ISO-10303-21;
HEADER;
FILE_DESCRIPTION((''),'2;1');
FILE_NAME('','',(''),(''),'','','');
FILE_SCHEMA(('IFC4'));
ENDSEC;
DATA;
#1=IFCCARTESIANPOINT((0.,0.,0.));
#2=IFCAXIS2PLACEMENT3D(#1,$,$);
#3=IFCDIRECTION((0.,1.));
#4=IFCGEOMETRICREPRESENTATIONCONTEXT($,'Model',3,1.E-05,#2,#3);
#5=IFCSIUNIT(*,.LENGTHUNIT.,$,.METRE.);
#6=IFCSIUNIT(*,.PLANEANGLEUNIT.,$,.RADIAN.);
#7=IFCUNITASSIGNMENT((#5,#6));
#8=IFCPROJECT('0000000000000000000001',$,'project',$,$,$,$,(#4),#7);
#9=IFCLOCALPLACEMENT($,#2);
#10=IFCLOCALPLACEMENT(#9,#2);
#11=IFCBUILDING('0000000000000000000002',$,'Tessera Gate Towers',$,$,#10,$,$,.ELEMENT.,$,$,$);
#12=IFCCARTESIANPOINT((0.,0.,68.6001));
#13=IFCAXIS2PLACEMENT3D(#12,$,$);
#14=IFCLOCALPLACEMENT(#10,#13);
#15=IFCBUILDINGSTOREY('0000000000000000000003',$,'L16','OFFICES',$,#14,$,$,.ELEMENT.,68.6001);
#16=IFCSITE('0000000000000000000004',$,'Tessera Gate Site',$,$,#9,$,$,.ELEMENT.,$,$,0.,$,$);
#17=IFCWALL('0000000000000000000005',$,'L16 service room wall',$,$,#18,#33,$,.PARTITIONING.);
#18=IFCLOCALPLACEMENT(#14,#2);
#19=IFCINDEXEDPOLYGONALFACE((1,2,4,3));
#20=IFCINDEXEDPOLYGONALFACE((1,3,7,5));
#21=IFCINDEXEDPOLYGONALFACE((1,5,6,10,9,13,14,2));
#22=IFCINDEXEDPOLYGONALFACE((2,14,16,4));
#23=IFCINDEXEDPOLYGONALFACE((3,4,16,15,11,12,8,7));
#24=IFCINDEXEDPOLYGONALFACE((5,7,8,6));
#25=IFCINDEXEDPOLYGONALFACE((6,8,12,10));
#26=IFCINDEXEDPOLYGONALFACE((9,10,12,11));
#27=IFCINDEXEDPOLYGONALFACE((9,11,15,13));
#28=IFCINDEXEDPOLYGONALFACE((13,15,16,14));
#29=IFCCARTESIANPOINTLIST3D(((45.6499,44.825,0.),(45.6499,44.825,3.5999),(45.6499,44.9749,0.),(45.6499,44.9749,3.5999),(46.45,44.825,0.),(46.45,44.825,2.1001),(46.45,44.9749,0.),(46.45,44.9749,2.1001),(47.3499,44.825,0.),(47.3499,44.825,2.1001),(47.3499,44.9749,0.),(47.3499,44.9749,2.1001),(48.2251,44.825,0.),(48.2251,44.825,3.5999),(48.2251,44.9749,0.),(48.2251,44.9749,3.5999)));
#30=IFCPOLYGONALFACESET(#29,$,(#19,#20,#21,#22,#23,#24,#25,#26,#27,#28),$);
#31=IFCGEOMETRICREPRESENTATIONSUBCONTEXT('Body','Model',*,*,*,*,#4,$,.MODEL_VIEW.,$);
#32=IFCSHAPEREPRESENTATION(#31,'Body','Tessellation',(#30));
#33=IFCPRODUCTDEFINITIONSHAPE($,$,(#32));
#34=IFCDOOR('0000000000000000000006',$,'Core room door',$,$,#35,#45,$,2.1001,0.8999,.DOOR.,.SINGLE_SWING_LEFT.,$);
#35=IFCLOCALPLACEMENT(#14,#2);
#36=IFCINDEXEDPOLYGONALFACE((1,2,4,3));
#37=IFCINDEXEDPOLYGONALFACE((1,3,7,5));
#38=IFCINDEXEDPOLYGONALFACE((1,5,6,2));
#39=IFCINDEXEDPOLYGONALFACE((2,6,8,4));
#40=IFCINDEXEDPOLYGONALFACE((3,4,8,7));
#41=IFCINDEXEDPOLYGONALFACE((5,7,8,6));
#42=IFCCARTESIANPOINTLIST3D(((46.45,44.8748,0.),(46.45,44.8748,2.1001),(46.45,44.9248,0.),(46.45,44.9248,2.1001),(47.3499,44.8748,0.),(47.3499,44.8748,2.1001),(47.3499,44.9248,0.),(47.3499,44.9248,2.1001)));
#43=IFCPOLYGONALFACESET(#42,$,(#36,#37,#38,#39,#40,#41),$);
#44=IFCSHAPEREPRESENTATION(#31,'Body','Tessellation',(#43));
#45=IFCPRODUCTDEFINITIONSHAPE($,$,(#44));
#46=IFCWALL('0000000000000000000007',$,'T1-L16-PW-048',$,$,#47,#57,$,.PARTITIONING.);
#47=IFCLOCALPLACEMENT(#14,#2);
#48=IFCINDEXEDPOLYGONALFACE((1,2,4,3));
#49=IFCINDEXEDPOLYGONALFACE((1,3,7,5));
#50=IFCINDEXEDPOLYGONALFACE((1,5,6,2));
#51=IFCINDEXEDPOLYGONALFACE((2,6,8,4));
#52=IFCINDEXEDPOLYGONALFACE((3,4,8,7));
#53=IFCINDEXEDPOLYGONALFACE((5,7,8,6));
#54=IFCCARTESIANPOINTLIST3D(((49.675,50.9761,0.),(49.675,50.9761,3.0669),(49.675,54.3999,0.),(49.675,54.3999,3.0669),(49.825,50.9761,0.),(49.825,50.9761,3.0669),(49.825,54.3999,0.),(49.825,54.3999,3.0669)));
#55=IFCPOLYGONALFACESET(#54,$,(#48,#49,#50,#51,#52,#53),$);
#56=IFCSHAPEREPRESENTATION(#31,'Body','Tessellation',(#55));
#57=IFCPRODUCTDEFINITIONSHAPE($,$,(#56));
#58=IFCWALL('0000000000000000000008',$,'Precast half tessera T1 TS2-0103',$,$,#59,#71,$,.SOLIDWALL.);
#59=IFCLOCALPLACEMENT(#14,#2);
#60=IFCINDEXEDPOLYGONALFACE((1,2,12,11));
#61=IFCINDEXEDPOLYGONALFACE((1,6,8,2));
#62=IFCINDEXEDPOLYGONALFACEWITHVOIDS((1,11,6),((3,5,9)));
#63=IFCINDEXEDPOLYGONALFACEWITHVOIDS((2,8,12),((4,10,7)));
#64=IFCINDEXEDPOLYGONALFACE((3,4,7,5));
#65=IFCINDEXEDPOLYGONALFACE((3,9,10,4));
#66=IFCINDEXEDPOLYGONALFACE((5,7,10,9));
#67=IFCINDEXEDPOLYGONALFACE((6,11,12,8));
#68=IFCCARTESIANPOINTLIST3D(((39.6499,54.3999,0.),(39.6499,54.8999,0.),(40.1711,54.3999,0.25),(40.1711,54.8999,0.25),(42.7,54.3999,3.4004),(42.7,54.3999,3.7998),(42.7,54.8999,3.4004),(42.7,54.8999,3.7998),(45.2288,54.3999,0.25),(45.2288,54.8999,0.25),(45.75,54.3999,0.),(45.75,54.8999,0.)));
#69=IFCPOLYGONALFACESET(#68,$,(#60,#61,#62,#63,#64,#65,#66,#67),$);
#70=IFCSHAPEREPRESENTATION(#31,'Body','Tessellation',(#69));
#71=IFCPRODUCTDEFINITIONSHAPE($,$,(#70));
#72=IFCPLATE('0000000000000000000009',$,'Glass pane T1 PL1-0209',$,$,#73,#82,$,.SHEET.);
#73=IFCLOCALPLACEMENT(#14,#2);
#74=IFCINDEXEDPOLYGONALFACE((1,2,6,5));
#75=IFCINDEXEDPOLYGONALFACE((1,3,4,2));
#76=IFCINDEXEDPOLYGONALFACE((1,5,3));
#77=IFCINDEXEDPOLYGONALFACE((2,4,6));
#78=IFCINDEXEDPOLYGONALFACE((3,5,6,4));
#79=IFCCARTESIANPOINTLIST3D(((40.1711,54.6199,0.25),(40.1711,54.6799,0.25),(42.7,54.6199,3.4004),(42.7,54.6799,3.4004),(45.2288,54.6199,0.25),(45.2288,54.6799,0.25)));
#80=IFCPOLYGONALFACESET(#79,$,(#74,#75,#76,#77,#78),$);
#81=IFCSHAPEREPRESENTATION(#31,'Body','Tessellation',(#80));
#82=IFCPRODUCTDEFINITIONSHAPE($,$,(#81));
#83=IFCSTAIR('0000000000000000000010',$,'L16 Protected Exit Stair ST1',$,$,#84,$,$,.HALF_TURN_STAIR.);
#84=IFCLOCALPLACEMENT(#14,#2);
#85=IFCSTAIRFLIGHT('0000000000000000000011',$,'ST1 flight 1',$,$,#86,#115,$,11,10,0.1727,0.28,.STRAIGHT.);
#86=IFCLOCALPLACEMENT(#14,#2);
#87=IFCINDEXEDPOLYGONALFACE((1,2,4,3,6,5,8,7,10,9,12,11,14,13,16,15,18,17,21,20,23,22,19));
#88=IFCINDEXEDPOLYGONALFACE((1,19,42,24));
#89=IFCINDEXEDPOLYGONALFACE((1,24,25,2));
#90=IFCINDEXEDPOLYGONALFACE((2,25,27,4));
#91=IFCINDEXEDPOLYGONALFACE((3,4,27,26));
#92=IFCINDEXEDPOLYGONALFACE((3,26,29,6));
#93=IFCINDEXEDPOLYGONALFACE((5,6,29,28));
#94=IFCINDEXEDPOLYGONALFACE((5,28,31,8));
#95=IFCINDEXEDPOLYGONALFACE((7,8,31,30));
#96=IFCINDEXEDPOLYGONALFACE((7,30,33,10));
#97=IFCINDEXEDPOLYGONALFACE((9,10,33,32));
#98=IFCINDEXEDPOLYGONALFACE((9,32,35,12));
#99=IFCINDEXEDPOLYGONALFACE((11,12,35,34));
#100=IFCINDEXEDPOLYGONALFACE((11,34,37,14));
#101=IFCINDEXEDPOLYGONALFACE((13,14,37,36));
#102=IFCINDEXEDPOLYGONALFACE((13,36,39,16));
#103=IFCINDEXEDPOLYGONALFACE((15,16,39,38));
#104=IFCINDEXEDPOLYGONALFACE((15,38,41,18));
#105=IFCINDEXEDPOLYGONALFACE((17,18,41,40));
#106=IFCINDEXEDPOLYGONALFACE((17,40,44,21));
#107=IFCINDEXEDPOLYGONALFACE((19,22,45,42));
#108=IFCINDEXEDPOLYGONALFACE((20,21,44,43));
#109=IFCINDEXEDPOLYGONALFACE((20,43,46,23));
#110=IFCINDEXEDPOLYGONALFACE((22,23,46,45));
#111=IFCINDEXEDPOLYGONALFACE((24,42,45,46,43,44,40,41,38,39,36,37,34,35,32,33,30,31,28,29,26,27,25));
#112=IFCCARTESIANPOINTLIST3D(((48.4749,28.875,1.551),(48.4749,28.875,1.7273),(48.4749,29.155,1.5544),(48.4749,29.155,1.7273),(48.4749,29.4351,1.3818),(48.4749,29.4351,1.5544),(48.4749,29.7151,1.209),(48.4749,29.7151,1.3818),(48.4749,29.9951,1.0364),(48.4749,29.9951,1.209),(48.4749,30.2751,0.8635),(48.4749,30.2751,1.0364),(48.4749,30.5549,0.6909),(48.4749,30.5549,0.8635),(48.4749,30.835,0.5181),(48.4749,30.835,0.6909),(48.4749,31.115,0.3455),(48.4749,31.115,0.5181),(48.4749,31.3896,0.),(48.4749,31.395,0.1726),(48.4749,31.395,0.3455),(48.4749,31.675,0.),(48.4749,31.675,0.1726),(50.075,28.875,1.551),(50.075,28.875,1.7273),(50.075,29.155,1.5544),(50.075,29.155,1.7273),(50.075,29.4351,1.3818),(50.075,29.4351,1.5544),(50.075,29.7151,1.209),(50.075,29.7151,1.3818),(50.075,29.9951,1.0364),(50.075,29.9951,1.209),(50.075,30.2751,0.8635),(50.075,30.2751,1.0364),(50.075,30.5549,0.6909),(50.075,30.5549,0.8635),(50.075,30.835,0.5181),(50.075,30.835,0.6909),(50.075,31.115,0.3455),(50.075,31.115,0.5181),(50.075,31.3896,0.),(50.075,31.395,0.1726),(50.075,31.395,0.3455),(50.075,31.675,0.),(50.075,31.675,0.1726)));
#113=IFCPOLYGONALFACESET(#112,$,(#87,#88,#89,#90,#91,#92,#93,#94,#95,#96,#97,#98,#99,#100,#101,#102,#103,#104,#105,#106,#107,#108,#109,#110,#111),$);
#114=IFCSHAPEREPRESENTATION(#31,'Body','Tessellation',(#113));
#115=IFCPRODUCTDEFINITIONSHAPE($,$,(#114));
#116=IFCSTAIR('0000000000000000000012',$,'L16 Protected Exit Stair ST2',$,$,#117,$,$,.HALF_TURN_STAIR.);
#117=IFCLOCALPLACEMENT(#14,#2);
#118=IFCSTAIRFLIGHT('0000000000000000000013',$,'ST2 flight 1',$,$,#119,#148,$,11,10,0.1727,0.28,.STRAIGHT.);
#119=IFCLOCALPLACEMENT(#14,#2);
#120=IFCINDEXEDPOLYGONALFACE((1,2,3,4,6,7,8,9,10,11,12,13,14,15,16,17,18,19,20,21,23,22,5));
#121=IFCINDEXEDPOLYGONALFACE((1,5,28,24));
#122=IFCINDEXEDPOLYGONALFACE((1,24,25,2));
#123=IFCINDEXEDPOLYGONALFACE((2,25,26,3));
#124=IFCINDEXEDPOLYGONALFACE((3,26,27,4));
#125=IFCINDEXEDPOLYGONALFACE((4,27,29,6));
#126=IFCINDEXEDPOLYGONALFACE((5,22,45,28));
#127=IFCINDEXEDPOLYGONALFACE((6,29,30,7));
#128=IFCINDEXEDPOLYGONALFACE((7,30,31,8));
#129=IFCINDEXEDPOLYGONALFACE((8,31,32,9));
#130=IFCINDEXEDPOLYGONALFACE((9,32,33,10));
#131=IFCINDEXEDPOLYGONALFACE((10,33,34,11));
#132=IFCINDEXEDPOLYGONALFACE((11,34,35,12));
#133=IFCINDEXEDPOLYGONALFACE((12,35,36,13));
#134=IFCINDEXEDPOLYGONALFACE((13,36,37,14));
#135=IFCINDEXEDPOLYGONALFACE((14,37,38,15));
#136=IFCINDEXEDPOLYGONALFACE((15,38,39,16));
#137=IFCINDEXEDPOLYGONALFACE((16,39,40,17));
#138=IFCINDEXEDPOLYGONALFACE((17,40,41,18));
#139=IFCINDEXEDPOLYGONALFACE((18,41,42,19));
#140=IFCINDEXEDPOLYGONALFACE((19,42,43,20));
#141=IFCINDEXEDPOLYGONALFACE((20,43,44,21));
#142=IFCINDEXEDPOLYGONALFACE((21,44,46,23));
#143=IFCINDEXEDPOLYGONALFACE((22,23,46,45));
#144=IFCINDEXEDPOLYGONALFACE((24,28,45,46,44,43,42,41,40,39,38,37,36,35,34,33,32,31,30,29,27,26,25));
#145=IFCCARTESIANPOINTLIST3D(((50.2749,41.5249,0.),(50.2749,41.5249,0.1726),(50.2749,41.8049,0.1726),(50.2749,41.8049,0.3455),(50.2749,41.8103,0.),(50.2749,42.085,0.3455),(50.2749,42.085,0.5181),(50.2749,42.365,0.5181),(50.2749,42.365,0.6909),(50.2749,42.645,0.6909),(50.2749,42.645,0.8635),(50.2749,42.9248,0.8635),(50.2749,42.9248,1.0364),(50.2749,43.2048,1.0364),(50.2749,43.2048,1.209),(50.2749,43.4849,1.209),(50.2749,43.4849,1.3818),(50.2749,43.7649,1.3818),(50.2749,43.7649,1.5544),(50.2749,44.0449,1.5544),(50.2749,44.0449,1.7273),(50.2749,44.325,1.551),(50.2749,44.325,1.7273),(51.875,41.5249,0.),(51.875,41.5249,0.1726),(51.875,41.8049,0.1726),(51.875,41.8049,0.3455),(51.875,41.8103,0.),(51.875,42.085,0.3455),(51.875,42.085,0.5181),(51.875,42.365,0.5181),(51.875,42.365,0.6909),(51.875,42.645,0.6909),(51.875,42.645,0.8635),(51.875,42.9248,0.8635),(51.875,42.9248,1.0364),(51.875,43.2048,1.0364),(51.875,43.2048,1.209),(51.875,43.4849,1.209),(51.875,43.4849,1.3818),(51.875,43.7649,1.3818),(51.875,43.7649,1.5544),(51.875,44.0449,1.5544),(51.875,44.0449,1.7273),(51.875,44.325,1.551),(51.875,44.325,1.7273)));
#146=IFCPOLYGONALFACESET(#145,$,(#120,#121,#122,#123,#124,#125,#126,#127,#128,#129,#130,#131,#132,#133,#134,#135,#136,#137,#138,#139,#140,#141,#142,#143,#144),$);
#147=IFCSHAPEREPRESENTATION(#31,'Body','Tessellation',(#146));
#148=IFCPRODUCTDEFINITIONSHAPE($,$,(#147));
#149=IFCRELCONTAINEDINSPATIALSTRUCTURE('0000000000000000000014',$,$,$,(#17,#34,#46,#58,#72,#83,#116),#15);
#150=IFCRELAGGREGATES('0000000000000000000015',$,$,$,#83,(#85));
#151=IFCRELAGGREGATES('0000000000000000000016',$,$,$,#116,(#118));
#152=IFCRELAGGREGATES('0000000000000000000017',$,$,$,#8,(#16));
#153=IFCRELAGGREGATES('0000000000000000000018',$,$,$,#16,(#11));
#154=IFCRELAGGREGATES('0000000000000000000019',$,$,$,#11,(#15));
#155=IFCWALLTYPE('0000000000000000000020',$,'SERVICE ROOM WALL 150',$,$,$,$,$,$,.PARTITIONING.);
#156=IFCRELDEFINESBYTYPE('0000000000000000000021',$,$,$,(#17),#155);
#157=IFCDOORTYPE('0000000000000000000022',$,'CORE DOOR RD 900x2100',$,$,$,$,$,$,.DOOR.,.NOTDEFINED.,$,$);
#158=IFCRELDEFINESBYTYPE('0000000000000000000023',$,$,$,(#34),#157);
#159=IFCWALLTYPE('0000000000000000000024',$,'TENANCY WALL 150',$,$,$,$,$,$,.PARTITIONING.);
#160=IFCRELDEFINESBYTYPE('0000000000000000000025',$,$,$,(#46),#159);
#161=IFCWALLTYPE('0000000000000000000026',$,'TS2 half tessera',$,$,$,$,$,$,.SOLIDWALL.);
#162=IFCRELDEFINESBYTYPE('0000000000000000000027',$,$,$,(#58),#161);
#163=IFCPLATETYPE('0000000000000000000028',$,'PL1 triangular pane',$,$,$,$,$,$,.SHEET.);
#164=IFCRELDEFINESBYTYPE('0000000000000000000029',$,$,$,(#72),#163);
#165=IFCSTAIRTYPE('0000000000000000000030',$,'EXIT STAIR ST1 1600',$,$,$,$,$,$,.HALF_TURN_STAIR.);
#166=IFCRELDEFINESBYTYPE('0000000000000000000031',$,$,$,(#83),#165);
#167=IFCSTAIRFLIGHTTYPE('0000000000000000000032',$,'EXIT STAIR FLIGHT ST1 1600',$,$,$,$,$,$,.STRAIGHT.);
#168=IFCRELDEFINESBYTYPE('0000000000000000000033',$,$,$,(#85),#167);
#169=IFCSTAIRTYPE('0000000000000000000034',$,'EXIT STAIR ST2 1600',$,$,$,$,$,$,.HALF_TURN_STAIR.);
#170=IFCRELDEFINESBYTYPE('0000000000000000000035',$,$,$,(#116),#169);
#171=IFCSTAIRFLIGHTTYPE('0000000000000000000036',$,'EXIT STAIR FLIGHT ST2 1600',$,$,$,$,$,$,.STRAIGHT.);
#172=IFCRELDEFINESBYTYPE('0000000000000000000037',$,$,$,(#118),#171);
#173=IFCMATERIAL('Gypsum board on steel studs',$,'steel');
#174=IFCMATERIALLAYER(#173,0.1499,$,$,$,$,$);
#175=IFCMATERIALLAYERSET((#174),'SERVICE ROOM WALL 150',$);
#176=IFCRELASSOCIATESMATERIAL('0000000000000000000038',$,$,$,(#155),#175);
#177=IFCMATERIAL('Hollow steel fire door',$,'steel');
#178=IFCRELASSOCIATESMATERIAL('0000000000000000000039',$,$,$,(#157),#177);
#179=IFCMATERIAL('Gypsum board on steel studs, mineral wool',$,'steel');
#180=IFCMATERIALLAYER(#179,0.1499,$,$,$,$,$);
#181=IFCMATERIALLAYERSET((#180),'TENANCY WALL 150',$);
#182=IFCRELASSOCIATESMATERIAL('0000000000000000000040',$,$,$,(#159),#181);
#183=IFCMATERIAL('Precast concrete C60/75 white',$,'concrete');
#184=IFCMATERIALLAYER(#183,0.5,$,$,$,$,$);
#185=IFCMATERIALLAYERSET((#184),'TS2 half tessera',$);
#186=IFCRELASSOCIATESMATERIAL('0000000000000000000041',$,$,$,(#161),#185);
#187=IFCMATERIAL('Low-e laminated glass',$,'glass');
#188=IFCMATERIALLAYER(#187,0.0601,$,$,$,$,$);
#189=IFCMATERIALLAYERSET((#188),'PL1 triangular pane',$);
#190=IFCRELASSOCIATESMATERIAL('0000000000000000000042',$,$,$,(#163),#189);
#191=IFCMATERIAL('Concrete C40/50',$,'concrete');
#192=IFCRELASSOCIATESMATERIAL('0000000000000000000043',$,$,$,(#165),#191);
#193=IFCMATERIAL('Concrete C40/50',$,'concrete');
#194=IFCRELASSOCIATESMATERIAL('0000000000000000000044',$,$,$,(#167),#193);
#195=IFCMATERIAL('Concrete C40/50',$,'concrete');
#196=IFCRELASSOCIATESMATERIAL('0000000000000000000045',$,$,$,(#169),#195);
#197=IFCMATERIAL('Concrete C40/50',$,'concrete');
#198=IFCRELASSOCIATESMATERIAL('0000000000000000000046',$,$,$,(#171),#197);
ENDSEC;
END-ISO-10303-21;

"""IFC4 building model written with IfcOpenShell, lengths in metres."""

from ifc_helpers import new_model, si_unit, direction, frame, frame_2d, origin, place, context, subcontext, project, spatial, polyline, rectangle, outline, extrude, source, transform, mapped, material, layer, layer_set, type_object, element, fill, aggregate, save


model = new_model("IFC4")

# Units and contexts
model_context = context("Model", 3, precision=1e-05, world=origin(), true_north=direction((0.0, 1.0)))
body_context = subcontext(model_context, "Body", "Model", "MODEL_VIEW")
ifc_project = project(units=[si_unit("LENGTHUNIT", "METRE"), si_unit("PLANEANGLEUNIT", "RADIAN")], contexts=[model_context])

# Site, building, storey
site_placement = place(None, origin())
site = spatial("IfcSite", under=ifc_project, at=site_placement, Name="Tessera Gate Site", CompositionType="ELEMENT", RefElevation=0.0)
building_placement = place(site_placement, origin())
building = spatial("IfcBuilding", under=site, at=building_placement, Name="Tessera Gate Towers", CompositionType="ELEMENT")
storey_placement = place(building_placement, frame((0.0, 0.0, 68.6001)))
storey = spatial("IfcBuildingStorey", under=building, at=storey_placement, Name="L16", Description="OFFICES", CompositionType="ELEMENT", Elevation=68.6001)

# Wall, opening, door
ifc_material_1 = material(Name="Gypsum board on steel studs", Category="steel")
ifc_layer_1 = layer(ifc_material_1, 0.1499)
ifc_layer_set_1 = layer_set([ifc_layer_1], Name="SERVICE ROOM WALL 150")
wall_type_1 = type_object("IfcWallType", Name="SERVICE ROOM WALL 150", PredefinedType="PARTITIONING", material=ifc_layer_set_1)
wall_1_placement = place(storey_placement, frame((45.6499, 44.8999, 0.0), z_axis=(0.0, 0.0, 1.0), x_axis=(1.0, 0.0, 0.0)))
wall_1 = element("IfcWall", 1, at=wall_1_placement, inside=storey, type_object=wall_type_1, Name="L16 service room wall", PredefinedType="PARTITIONING", context=body_context, shape_type="SweptSolid", body=[
    extrude(rectangle(XDim=2.5752, YDim=0.1499, at=frame_2d((1.2876, 0.0))), origin(), (0.0, 0.0, 1.0), 3.5999),
])
shared_shape_1 = source(origin(), body_context, "Body", "SweptSolid", [
    extrude(rectangle(XDim=0.8999, YDim=2.1001, at=frame_2d((0.45, 1.05))), frame((0.0, 0.085, 0.0), z_axis=(0.0, -1.0, 0.0), x_axis=(1.0, 0.0, 0.0)), (0.0, 0.0, 1.0), 0.1699),
])
opening_1_placement = place(wall_1_placement, frame((0.8, 0.0, 0.0)))
opening_1 = element("IfcOpeningElement", 2, at=opening_1_placement, cuts=wall_1, PredefinedType="OPENING", context=body_context, shape_type="MappedRepresentation", body=[
    mapped(shared_shape_1, transform((0.0, 0.0, 0.0), scale=1.0)),
])
ifc_material_2 = material(Name="Hollow steel fire door", Category="steel")
door_type_1 = type_object("IfcDoorType", Name="CORE DOOR RD 900x2100", OperationType="NOTDEFINED", PredefinedType="DOOR", material=ifc_material_2)
shared_shape_2 = source(origin(), body_context, "Body", "SweptSolid", [
    extrude(rectangle(XDim=0.8999, YDim=2.1001, at=frame_2d((0.45, 1.05))), frame((0.0, 0.0249, 0.0), z_axis=(0.0, -1.0, 0.0), x_axis=(1.0, 0.0, 0.0)), (0.0, 0.0, 1.0), 0.05),
])
door_1_placement = place(opening_1_placement, origin())
door_1 = element("IfcDoor", 3, at=door_1_placement, inside=storey, type_object=door_type_1, Name="Core room door", OperationType="SINGLE_SWING_LEFT", OverallHeight=2.1001, OverallWidth=0.8999, PredefinedType="DOOR", context=body_context, shape_type="MappedRepresentation", body=[
    mapped(shared_shape_2, transform((0.0, 0.0, 0.0), scale=1.0)),
])
fill(opening_1, door_1)

# Wall
ifc_material_3 = material(Name="Gypsum board on steel studs, mineral wool", Category="steel")
ifc_layer_2 = layer(ifc_material_3, 0.1499)
ifc_layer_set_2 = layer_set([ifc_layer_2], Name="TENANCY WALL 150")
wall_type_2 = type_object("IfcWallType", Name="TENANCY WALL 150", PredefinedType="PARTITIONING", material=ifc_layer_set_2)
wall_2_placement = place(storey_placement, frame((49.75, 50.9761, 0.0), z_axis=(0.0, 0.0, 1.0), x_axis=(0.0, 1.0, 0.0)))
element("IfcWall", 4, at=wall_2_placement, inside=storey, type_object=wall_type_2, Name="T1-L16-PW-048", PredefinedType="PARTITIONING", context=body_context, shape_type="SweptSolid", body=[
    extrude(rectangle(XDim=3.4238, YDim=0.1499, at=frame_2d((1.7119, 0.0))), origin(), (0.0, 0.0, 1.0), 3.0669),
])

# Wall, opening, plate
ifc_material_4 = material(Name="Precast concrete C60/75 white", Category="concrete")
ifc_layer_3 = layer(ifc_material_4, 0.5)
ifc_layer_set_3 = layer_set([ifc_layer_3], Name="TS2 half tessera")
wall_type_3 = type_object("IfcWallType", Name="TS2 half tessera", PredefinedType="SOLIDWALL", material=ifc_layer_set_3)
shared_shape_3 = source(origin(), body_context, "Body", "SweptSolid", [
    extrude(outline(polyline([(6.1001, 0.0), (3.05, 3.7998), (0.0, 0.0), (6.1001, 0.0)])), frame((0.0, 0.25, 0.0), z_axis=(0.0, -1.0, 0.0), x_axis=(1.0, 0.0, 0.0)), (0.0, 0.0, 1.0), 0.5),
])
wall_3_placement = place(storey_placement, frame((45.75, 54.6499, 0.0), z_axis=(0.0, 0.0, 1.0), x_axis=(-1.0, 0.0, 0.0)))
wall_3 = element("IfcWall", 5, at=wall_3_placement, inside=storey, type_object=wall_type_3, Name="Precast half tessera T1 TS2-0103", PredefinedType="SOLIDWALL", context=body_context, shape_type="MappedRepresentation", body=[
    mapped(shared_shape_3, transform((0.0, 0.0, 0.0), scale=1.0)),
])
shared_shape_4 = source(origin(), body_context, "Body", "SweptSolid", [
    extrude(outline(polyline([(5.5789, 0.25), (3.05, 3.4004), (0.5212, 0.25), (5.5789, 0.25)])), frame((0.0, 0.26, 0.0), z_axis=(0.0, -1.0, 0.0), x_axis=(1.0, 0.0, 0.0)), (0.0, 0.0, 1.0), 0.52),
])
opening_2_placement = place(wall_3_placement, origin())
opening_2 = element("IfcOpeningElement", 6, at=opening_2_placement, cuts=wall_3, PredefinedType="OPENING", context=body_context, shape_type="MappedRepresentation", body=[
    mapped(shared_shape_4, transform((0.0, 0.0, 0.0), scale=1.0)),
])
ifc_material_5 = material(Name="Low-e laminated glass", Category="glass")
ifc_layer_4 = layer(ifc_material_5, 0.0601)
ifc_layer_set_4 = layer_set([ifc_layer_4], Name="PL1 triangular pane")
plate_type = type_object("IfcPlateType", Name="PL1 triangular pane", PredefinedType="SHEET", material=ifc_layer_set_4)
shared_shape_5 = source(origin(), body_context, "Body", "SweptSolid", [
    extrude(outline(polyline([(5.5789, 0.25), (3.05, 3.4004), (0.5212, 0.25), (5.5789, 0.25)])), frame((0.0, 0.03, 0.0), z_axis=(0.0, -1.0, 0.0), x_axis=(1.0, 0.0, 0.0)), (0.0, 0.0, 1.0), 0.0601),
])
plate_placement = place(opening_2_placement, origin())
plate = element("IfcPlate", 7, at=plate_placement, inside=storey, type_object=plate_type, Name="Glass pane T1 PL1-0209", PredefinedType="SHEET", context=body_context, shape_type="MappedRepresentation", body=[
    mapped(shared_shape_5, transform((0.0, 0.0, 0.0), scale=1.0)),
])
fill(opening_2, plate)

# Stair, stair flight
ifc_material_6 = material(Name="Concrete C40/50", Category="concrete")
stair_type_1 = type_object("IfcStairType", Name="EXIT STAIR ST1 1600", PredefinedType="HALF_TURN_STAIR", material=ifc_material_6)
stair_1_placement = place(storey_placement, origin())
stair_1 = element("IfcStair", 8, at=stair_1_placement, inside=storey, type_object=stair_type_1, Name="L16 Protected Exit Stair ST1", PredefinedType="HALF_TURN_STAIR")
ifc_material_7 = material(Name="Concrete C40/50", Category="concrete")
stair_flight_type_1 = type_object("IfcStairFlightType", Name="EXIT STAIR FLIGHT ST1 1600", PredefinedType="STRAIGHT", material=ifc_material_7)
stair_flight_1_placement = place(storey_placement, frame((49.2749, 31.675, 0.0), z_axis=(0.0, 0.0, 1.0), x_axis=(0.0, -1.0, 0.0)))
stair_flight_1 = element("IfcStairFlight", 9, at=stair_flight_1_placement, type_object=stair_flight_type_1, Name="ST1 flight 1", NumberOfRisers=11, NumberOfTreads=10, PredefinedType="STRAIGHT", RiserHeight=0.1727, TreadLength=0.28, context=body_context, shape_type="SweptSolid", body=[
    extrude(outline(polyline([(0.0, 0.0), (0.0, 0.1726), (0.28, 0.1726), (0.28, 0.3455), (0.5601, 0.3455), (0.5601, 0.5181), (0.8401, 0.5181), (0.8401, 0.6909), (1.1201, 0.6909), (1.1201, 0.8635), (1.3999, 0.8635), (1.3999, 1.0364), (1.6799, 1.0364), (1.6799, 1.209), (1.96, 1.209), (1.96, 1.3818), (2.24, 1.3818), (2.24, 1.5544), (2.52, 1.5544), (2.52, 1.7273), (2.8, 1.7273), (2.8, 1.8999), (2.8, 1.551), (0.2854, 0.0), (0.0, 0.0)])), frame((0.0, 0.8, 0.0), z_axis=(0.0, -1.0, 0.0), x_axis=(1.0, 0.0, 0.0)), (0.0, 0.0, 1.0), 1.6001),
])
aggregate(stair_1, [stair_flight_1])

# Stair, stair flight
ifc_material_8 = material(Name="Concrete C40/50", Category="concrete")
stair_type_2 = type_object("IfcStairType", Name="EXIT STAIR ST2 1600", PredefinedType="HALF_TURN_STAIR", material=ifc_material_8)
stair_2_placement = place(storey_placement, origin())
stair_2 = element("IfcStair", 10, at=stair_2_placement, inside=storey, type_object=stair_type_2, Name="L16 Protected Exit Stair ST2", PredefinedType="HALF_TURN_STAIR")
ifc_material_9 = material(Name="Concrete C40/50", Category="concrete")
stair_flight_type_2 = type_object("IfcStairFlightType", Name="EXIT STAIR FLIGHT ST2 1600", PredefinedType="STRAIGHT", material=ifc_material_9)
stair_flight_2_placement = place(storey_placement, frame((51.075, 41.5249, 0.0), z_axis=(0.0, 0.0, 1.0), x_axis=(0.0, 1.0, 0.0)))
stair_flight_2 = element("IfcStairFlight", 11, at=stair_flight_2_placement, type_object=stair_flight_type_2, Name="ST2 flight 1", NumberOfRisers=11, NumberOfTreads=10, PredefinedType="STRAIGHT", RiserHeight=0.1727, TreadLength=0.28, context=body_context, shape_type="SweptSolid", body=[
    extrude(outline(polyline([(0.0, 0.0), (0.0, 0.1726), (0.28, 0.1726), (0.28, 0.3455), (0.5601, 0.3455), (0.5601, 0.5181), (0.8401, 0.5181), (0.8401, 0.6909), (1.1201, 0.6909), (1.1201, 0.8635), (1.3999, 0.8635), (1.3999, 1.0364), (1.6799, 1.0364), (1.6799, 1.209), (1.96, 1.209), (1.96, 1.3818), (2.24, 1.3818), (2.24, 1.5544), (2.52, 1.5544), (2.52, 1.7273), (2.8, 1.7273), (2.8, 1.8999), (2.8, 1.551), (0.2854, 0.0), (0.0, 0.0)])), frame((0.0, 0.8, 0.0), z_axis=(0.0, -1.0, 0.0), x_axis=(1.0, 0.0, 0.0)), (0.0, 0.0, 1.0), 1.6001),
])
aggregate(stair_2, [stair_flight_2])

save(model, "model.ifc")
